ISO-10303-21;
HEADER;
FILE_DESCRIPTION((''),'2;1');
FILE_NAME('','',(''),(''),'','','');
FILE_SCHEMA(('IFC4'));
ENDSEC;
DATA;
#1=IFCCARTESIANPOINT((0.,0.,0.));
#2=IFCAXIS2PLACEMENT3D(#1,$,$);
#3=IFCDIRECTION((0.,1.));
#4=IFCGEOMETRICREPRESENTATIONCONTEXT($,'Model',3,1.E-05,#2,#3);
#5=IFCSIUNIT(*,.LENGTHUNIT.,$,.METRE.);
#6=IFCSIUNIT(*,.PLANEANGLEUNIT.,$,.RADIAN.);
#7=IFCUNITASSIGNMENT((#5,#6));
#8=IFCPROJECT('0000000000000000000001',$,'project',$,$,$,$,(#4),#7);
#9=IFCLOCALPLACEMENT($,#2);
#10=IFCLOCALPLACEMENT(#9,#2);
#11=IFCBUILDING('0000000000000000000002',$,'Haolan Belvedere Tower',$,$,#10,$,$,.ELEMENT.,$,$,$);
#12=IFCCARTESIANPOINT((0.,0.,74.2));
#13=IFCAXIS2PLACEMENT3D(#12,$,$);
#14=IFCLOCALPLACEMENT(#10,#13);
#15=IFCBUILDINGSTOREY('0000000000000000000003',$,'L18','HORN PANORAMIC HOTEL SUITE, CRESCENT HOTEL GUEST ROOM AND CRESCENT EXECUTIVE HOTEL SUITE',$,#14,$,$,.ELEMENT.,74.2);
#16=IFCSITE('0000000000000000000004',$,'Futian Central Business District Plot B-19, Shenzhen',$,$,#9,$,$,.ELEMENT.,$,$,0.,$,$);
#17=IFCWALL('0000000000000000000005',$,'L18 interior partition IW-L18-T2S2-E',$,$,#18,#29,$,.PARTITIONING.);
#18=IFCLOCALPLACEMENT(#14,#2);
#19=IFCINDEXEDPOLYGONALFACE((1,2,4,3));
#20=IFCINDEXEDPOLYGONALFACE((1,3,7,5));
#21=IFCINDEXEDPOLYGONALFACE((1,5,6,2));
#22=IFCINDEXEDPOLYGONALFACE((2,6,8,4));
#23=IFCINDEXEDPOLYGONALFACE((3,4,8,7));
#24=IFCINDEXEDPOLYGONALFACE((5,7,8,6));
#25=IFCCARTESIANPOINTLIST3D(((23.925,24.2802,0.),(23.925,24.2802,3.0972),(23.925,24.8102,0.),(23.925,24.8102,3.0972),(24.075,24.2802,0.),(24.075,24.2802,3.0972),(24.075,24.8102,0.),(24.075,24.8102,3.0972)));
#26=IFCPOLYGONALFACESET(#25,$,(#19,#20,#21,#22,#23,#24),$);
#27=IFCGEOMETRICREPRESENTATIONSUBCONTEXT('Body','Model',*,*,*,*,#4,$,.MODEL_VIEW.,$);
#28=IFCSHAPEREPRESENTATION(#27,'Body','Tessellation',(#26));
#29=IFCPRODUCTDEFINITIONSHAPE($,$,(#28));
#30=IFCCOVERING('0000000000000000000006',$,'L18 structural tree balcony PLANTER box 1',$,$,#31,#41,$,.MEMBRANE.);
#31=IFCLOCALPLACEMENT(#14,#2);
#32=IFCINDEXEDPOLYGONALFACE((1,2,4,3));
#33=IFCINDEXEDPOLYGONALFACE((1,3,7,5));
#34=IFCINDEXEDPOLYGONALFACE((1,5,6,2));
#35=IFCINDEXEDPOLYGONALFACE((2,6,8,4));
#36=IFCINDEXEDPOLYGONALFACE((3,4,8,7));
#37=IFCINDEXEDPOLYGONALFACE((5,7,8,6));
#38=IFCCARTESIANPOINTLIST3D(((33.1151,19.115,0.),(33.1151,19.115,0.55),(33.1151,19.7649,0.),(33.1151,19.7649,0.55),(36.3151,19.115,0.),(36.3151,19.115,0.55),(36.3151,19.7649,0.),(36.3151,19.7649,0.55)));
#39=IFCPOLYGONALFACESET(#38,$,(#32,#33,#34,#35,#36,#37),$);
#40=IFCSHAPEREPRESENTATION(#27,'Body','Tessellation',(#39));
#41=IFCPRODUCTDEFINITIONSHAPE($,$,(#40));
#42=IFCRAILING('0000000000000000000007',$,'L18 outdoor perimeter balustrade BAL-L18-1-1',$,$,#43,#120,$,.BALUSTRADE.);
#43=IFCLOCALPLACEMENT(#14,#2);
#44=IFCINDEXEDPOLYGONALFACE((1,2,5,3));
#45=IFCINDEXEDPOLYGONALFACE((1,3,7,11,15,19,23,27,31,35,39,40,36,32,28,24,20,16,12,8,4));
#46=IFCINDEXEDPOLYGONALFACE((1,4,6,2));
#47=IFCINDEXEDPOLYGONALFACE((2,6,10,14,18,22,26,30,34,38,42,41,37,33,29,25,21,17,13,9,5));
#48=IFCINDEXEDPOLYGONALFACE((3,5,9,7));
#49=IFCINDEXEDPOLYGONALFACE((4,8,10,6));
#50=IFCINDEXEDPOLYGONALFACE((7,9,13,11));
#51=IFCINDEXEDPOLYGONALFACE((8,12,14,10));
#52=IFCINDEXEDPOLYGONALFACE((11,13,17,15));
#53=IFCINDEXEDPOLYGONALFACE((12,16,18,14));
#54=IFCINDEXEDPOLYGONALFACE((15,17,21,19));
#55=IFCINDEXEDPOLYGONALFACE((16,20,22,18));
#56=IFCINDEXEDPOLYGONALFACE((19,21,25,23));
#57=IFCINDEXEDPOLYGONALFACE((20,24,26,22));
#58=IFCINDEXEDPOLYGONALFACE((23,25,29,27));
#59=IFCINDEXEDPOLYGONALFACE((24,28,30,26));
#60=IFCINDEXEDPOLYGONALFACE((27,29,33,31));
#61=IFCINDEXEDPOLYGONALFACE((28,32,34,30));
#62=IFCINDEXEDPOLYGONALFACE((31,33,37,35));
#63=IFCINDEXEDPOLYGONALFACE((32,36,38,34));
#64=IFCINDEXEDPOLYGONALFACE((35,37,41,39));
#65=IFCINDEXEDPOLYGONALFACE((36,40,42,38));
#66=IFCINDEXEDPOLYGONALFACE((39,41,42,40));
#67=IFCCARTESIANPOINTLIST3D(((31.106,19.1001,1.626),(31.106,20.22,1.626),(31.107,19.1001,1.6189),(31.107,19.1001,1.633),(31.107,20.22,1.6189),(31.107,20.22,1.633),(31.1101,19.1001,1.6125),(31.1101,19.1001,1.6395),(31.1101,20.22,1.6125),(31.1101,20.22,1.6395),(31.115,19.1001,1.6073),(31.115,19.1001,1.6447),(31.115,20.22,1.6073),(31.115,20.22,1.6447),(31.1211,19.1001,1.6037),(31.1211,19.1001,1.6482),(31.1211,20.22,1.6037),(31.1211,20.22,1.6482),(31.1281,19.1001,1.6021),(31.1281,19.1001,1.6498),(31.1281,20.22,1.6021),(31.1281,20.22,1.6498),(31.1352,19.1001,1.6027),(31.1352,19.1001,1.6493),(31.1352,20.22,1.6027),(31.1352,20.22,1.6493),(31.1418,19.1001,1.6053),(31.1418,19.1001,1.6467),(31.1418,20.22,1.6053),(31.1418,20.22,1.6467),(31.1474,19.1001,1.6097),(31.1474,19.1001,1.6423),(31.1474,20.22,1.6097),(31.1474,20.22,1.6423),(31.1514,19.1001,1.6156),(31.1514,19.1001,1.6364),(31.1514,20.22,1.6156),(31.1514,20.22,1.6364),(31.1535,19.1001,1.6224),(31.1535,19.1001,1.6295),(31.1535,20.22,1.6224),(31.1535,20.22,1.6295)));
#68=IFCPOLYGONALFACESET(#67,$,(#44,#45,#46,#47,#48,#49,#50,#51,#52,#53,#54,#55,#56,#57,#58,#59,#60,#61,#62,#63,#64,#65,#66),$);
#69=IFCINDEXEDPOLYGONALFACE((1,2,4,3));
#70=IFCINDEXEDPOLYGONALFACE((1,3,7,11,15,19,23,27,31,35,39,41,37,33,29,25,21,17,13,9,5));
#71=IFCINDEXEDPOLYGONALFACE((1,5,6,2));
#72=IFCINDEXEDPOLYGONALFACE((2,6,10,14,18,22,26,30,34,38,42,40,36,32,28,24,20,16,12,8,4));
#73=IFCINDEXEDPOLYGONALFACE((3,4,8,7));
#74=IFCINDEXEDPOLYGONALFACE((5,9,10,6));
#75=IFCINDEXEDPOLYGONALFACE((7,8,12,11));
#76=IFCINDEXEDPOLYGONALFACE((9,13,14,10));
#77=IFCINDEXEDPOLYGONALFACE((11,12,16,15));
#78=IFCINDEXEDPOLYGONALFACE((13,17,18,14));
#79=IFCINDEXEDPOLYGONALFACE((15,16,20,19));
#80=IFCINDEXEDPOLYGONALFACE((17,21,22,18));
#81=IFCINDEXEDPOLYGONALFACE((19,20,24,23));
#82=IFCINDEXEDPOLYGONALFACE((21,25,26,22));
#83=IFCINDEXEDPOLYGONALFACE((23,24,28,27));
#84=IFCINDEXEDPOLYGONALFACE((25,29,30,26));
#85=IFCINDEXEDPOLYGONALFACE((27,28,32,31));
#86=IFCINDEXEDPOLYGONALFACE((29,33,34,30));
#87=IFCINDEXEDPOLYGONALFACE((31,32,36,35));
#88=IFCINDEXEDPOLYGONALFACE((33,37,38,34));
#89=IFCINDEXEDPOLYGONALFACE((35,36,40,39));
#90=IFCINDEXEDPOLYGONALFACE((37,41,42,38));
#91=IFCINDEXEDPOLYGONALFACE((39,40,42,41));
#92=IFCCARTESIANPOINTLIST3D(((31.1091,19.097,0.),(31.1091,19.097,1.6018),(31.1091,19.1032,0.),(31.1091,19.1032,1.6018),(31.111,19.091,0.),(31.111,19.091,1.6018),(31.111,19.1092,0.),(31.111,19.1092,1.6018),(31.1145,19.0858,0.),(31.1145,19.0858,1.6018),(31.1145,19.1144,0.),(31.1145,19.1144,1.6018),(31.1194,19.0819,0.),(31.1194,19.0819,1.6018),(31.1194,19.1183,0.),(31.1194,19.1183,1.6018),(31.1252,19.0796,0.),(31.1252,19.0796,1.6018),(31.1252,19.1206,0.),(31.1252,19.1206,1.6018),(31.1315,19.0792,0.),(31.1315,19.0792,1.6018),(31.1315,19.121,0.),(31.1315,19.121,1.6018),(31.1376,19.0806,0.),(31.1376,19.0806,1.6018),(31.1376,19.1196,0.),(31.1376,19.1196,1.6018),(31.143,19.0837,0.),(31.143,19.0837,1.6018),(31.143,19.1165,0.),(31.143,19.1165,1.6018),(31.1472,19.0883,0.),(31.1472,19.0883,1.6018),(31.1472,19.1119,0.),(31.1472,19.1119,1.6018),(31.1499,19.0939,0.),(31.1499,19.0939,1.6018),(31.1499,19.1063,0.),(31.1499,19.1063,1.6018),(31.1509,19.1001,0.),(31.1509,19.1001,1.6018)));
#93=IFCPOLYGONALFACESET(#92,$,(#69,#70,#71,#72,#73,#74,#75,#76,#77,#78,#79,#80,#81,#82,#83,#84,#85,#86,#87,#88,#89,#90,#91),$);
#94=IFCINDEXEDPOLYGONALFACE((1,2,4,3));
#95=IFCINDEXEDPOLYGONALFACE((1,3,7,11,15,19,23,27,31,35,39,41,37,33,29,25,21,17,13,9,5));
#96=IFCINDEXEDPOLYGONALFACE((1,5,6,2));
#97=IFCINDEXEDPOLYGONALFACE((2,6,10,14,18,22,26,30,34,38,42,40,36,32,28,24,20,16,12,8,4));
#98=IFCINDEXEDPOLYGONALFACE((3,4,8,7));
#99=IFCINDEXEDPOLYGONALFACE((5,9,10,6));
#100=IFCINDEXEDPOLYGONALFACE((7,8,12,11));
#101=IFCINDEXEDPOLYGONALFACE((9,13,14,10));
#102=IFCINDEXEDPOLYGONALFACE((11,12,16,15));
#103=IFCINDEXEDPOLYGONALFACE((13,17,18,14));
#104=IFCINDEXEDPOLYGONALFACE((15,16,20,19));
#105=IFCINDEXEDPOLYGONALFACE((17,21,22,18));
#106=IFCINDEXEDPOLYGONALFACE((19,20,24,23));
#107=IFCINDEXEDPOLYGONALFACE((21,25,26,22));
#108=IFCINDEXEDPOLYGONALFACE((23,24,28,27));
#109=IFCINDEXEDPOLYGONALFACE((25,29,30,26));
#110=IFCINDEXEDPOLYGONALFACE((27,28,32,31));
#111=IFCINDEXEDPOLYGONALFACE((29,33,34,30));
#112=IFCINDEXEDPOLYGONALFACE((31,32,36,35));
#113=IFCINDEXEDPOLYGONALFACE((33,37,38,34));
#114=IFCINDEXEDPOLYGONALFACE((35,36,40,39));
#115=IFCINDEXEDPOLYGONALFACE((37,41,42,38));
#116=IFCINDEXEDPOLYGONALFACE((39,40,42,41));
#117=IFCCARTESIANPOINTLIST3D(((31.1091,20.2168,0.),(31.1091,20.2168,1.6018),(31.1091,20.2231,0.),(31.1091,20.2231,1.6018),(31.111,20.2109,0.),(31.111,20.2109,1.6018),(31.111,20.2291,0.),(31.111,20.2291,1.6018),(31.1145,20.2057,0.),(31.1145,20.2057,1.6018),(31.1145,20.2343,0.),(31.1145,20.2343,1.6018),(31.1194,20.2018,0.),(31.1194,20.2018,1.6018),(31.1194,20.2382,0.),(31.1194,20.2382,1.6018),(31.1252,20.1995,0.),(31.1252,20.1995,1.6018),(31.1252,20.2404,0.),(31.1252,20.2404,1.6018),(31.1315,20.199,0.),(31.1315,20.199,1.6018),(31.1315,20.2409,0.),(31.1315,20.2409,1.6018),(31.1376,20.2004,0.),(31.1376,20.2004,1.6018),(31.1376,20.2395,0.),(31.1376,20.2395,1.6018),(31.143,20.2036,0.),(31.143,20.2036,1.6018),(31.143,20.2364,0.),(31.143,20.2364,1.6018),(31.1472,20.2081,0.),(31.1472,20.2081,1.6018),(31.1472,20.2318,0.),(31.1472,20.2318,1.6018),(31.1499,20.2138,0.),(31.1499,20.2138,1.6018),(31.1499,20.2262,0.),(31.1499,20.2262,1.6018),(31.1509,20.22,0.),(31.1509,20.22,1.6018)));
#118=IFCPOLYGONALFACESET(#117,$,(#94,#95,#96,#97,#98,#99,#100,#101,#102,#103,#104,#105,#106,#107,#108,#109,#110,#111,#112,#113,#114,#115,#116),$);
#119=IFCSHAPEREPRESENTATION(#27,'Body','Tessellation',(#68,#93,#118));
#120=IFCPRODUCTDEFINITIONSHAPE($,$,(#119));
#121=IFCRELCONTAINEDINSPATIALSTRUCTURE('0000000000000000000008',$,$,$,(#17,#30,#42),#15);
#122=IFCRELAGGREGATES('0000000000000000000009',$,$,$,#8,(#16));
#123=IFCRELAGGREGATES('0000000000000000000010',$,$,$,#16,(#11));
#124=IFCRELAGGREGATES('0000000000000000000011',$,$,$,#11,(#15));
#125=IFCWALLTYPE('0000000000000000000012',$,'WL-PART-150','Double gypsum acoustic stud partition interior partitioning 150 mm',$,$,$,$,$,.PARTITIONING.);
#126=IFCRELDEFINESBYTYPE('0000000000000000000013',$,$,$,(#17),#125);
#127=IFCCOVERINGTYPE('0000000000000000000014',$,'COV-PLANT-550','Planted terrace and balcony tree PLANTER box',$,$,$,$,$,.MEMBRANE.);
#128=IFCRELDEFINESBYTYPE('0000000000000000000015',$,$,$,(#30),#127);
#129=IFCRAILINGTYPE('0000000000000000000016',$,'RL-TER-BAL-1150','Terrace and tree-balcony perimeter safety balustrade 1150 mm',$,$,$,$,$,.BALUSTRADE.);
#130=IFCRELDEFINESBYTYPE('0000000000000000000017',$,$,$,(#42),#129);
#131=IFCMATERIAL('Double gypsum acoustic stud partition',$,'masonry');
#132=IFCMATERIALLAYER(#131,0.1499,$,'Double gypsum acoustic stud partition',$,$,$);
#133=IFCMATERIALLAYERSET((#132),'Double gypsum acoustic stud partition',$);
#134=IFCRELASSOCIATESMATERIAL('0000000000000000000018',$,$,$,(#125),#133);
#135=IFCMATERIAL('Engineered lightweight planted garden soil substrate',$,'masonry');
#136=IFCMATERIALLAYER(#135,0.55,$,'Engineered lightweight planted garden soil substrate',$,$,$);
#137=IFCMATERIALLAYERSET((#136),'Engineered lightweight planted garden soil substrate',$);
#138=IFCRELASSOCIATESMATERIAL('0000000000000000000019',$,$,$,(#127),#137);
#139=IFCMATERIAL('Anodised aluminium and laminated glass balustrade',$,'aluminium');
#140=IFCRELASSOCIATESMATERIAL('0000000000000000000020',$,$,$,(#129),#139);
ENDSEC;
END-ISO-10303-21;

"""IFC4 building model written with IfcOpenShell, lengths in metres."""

from ifc_helpers import new_model, si_unit, direction, frame, frame_2d, origin, origin_2d, place, context, subcontext, project, spatial, rectangle, circle, extrude, material, layer, layer_set, type_object, element, save


model = new_model("IFC4")

# Units and contexts
model_context = context("Model", 3, precision=1e-05, world=origin(), true_north=direction((0.0, 1.0)))
body_context = subcontext(model_context, "Body", "Model", "MODEL_VIEW")
ifc_project = project(units=[si_unit("LENGTHUNIT", "METRE"), si_unit("PLANEANGLEUNIT", "RADIAN")], contexts=[model_context])

# Site, building, storey
site_placement = place(None, origin())
site = spatial("IfcSite", under=ifc_project, at=site_placement, Name="Futian Central Business District Plot B-19, Shenzhen", CompositionType="ELEMENT", RefElevation=0.0)
building_placement = place(site_placement, origin())
building = spatial("IfcBuilding", under=site, at=building_placement, Name="Haolan Belvedere Tower", CompositionType="ELEMENT")
storey_placement = place(building_placement, frame((0.0, 0.0, 74.2)))
storey = spatial("IfcBuildingStorey", under=building, at=storey_placement, Name="L18", Description="HORN PANORAMIC HOTEL SUITE, CRESCENT HOTEL GUEST ROOM AND CRESCENT EXECUTIVE HOTEL SUITE", CompositionType="ELEMENT", Elevation=74.2)

# Shared definitions
ifc_material_1 = material(Name="Double gypsum acoustic stud partition", Category="masonry")
ifc_layer_1 = layer(ifc_material_1, 0.1499, Name="Double gypsum acoustic stud partition")
ifc_layer_set_1 = layer_set([ifc_layer_1], Name="Double gypsum acoustic stud partition")
wall_type_1 = type_object("IfcWallType", Name="WL-PART-150", Description="Double gypsum acoustic stud partition interior partitioning 150 mm", PredefinedType="PARTITIONING", material=ifc_layer_set_1)

# Wall
wall_1_placement = place(storey_placement, frame((24.0, 24.28, 0.0), z_axis=(0.0, 0.0, 1.0), x_axis=(0.0, 1.0, 0.0)))
element("IfcWall", 1, at=wall_1_placement, inside=storey, type_object=wall_type_1, Name="L18 interior partition IW-L18-T2S2-E", PredefinedType="PARTITIONING", context=body_context, shape_type="SweptSolid", body=[
    extrude(rectangle(XDim=0.53, YDim=0.1499, at=frame_2d((0.2651, 0.0))), origin(), (0.0, 0.0, 1.0), 3.0972),
])

# Covering
ifc_material_2 = material(Name="Engineered lightweight planted garden soil substrate", Category="masonry")
ifc_layer_2 = layer(ifc_material_2, 0.55, Name="Engineered lightweight planted garden soil substrate")
ifc_layer_set_2 = layer_set([ifc_layer_2], Name="Engineered lightweight planted garden soil substrate")
covering_type = type_object("IfcCoveringType", Name="COV-PLANT-550", Description="Planted terrace and balcony tree PLANTER box", PredefinedType="MEMBRANE", material=ifc_layer_set_2)
covering_placement = place(storey_placement, frame((34.7151, 19.4399, 0.0), z_axis=(0.0, 0.0, 1.0), x_axis=(1.0, 0.0, 0.0)))
element("IfcCovering", 2, at=covering_placement, inside=storey, type_object=covering_type, Name="L18 structural tree balcony PLANTER box 1", PredefinedType="MEMBRANE", context=body_context, shape_type="SweptSolid", body=[
    extrude(rectangle(XDim=3.2, YDim=0.6499, at=origin_2d()), origin(), (0.0, 0.0, 1.0), 0.55),
])

# Railing
ifc_material_3 = material(Name="Anodised aluminium and laminated glass balustrade", Category="aluminium")
railing_type = type_object("IfcRailingType", Name="RL-TER-BAL-1150", Description="Terrace and tree-balcony perimeter safety balustrade 1150 mm", PredefinedType="BALUSTRADE", material=ifc_material_3)
railing_1_placement = place(storey_placement, frame((31.1299, 19.1001, 0.0)))
element("IfcRailing", 3, at=railing_1_placement, inside=storey, type_object=railing_type, Name="L18 outdoor perimeter balustrade BAL-L18-1-1", PredefinedType="BALUSTRADE", context=body_context, shape_type="SweptSolid", body=[
    extrude(circle(Radius=0.0239, at=origin_2d()), frame((0.0, 0.0, 1.626), z_axis=(0.0, 1.0, 0.0), x_axis=(-1.0, 0.0, 0.0)), (0.0, 0.0, 1.0), 1.1199),
    extrude(circle(Radius=0.021, at=origin_2d()), origin(), (0.0, 0.0, 1.0), 1.6018),
    extrude(circle(Radius=0.021, at=origin_2d()), frame((0.0, 1.1199, 0.0)), (0.0, 0.0, 1.0), 1.6018),
])

save(model, "model.ifc")
